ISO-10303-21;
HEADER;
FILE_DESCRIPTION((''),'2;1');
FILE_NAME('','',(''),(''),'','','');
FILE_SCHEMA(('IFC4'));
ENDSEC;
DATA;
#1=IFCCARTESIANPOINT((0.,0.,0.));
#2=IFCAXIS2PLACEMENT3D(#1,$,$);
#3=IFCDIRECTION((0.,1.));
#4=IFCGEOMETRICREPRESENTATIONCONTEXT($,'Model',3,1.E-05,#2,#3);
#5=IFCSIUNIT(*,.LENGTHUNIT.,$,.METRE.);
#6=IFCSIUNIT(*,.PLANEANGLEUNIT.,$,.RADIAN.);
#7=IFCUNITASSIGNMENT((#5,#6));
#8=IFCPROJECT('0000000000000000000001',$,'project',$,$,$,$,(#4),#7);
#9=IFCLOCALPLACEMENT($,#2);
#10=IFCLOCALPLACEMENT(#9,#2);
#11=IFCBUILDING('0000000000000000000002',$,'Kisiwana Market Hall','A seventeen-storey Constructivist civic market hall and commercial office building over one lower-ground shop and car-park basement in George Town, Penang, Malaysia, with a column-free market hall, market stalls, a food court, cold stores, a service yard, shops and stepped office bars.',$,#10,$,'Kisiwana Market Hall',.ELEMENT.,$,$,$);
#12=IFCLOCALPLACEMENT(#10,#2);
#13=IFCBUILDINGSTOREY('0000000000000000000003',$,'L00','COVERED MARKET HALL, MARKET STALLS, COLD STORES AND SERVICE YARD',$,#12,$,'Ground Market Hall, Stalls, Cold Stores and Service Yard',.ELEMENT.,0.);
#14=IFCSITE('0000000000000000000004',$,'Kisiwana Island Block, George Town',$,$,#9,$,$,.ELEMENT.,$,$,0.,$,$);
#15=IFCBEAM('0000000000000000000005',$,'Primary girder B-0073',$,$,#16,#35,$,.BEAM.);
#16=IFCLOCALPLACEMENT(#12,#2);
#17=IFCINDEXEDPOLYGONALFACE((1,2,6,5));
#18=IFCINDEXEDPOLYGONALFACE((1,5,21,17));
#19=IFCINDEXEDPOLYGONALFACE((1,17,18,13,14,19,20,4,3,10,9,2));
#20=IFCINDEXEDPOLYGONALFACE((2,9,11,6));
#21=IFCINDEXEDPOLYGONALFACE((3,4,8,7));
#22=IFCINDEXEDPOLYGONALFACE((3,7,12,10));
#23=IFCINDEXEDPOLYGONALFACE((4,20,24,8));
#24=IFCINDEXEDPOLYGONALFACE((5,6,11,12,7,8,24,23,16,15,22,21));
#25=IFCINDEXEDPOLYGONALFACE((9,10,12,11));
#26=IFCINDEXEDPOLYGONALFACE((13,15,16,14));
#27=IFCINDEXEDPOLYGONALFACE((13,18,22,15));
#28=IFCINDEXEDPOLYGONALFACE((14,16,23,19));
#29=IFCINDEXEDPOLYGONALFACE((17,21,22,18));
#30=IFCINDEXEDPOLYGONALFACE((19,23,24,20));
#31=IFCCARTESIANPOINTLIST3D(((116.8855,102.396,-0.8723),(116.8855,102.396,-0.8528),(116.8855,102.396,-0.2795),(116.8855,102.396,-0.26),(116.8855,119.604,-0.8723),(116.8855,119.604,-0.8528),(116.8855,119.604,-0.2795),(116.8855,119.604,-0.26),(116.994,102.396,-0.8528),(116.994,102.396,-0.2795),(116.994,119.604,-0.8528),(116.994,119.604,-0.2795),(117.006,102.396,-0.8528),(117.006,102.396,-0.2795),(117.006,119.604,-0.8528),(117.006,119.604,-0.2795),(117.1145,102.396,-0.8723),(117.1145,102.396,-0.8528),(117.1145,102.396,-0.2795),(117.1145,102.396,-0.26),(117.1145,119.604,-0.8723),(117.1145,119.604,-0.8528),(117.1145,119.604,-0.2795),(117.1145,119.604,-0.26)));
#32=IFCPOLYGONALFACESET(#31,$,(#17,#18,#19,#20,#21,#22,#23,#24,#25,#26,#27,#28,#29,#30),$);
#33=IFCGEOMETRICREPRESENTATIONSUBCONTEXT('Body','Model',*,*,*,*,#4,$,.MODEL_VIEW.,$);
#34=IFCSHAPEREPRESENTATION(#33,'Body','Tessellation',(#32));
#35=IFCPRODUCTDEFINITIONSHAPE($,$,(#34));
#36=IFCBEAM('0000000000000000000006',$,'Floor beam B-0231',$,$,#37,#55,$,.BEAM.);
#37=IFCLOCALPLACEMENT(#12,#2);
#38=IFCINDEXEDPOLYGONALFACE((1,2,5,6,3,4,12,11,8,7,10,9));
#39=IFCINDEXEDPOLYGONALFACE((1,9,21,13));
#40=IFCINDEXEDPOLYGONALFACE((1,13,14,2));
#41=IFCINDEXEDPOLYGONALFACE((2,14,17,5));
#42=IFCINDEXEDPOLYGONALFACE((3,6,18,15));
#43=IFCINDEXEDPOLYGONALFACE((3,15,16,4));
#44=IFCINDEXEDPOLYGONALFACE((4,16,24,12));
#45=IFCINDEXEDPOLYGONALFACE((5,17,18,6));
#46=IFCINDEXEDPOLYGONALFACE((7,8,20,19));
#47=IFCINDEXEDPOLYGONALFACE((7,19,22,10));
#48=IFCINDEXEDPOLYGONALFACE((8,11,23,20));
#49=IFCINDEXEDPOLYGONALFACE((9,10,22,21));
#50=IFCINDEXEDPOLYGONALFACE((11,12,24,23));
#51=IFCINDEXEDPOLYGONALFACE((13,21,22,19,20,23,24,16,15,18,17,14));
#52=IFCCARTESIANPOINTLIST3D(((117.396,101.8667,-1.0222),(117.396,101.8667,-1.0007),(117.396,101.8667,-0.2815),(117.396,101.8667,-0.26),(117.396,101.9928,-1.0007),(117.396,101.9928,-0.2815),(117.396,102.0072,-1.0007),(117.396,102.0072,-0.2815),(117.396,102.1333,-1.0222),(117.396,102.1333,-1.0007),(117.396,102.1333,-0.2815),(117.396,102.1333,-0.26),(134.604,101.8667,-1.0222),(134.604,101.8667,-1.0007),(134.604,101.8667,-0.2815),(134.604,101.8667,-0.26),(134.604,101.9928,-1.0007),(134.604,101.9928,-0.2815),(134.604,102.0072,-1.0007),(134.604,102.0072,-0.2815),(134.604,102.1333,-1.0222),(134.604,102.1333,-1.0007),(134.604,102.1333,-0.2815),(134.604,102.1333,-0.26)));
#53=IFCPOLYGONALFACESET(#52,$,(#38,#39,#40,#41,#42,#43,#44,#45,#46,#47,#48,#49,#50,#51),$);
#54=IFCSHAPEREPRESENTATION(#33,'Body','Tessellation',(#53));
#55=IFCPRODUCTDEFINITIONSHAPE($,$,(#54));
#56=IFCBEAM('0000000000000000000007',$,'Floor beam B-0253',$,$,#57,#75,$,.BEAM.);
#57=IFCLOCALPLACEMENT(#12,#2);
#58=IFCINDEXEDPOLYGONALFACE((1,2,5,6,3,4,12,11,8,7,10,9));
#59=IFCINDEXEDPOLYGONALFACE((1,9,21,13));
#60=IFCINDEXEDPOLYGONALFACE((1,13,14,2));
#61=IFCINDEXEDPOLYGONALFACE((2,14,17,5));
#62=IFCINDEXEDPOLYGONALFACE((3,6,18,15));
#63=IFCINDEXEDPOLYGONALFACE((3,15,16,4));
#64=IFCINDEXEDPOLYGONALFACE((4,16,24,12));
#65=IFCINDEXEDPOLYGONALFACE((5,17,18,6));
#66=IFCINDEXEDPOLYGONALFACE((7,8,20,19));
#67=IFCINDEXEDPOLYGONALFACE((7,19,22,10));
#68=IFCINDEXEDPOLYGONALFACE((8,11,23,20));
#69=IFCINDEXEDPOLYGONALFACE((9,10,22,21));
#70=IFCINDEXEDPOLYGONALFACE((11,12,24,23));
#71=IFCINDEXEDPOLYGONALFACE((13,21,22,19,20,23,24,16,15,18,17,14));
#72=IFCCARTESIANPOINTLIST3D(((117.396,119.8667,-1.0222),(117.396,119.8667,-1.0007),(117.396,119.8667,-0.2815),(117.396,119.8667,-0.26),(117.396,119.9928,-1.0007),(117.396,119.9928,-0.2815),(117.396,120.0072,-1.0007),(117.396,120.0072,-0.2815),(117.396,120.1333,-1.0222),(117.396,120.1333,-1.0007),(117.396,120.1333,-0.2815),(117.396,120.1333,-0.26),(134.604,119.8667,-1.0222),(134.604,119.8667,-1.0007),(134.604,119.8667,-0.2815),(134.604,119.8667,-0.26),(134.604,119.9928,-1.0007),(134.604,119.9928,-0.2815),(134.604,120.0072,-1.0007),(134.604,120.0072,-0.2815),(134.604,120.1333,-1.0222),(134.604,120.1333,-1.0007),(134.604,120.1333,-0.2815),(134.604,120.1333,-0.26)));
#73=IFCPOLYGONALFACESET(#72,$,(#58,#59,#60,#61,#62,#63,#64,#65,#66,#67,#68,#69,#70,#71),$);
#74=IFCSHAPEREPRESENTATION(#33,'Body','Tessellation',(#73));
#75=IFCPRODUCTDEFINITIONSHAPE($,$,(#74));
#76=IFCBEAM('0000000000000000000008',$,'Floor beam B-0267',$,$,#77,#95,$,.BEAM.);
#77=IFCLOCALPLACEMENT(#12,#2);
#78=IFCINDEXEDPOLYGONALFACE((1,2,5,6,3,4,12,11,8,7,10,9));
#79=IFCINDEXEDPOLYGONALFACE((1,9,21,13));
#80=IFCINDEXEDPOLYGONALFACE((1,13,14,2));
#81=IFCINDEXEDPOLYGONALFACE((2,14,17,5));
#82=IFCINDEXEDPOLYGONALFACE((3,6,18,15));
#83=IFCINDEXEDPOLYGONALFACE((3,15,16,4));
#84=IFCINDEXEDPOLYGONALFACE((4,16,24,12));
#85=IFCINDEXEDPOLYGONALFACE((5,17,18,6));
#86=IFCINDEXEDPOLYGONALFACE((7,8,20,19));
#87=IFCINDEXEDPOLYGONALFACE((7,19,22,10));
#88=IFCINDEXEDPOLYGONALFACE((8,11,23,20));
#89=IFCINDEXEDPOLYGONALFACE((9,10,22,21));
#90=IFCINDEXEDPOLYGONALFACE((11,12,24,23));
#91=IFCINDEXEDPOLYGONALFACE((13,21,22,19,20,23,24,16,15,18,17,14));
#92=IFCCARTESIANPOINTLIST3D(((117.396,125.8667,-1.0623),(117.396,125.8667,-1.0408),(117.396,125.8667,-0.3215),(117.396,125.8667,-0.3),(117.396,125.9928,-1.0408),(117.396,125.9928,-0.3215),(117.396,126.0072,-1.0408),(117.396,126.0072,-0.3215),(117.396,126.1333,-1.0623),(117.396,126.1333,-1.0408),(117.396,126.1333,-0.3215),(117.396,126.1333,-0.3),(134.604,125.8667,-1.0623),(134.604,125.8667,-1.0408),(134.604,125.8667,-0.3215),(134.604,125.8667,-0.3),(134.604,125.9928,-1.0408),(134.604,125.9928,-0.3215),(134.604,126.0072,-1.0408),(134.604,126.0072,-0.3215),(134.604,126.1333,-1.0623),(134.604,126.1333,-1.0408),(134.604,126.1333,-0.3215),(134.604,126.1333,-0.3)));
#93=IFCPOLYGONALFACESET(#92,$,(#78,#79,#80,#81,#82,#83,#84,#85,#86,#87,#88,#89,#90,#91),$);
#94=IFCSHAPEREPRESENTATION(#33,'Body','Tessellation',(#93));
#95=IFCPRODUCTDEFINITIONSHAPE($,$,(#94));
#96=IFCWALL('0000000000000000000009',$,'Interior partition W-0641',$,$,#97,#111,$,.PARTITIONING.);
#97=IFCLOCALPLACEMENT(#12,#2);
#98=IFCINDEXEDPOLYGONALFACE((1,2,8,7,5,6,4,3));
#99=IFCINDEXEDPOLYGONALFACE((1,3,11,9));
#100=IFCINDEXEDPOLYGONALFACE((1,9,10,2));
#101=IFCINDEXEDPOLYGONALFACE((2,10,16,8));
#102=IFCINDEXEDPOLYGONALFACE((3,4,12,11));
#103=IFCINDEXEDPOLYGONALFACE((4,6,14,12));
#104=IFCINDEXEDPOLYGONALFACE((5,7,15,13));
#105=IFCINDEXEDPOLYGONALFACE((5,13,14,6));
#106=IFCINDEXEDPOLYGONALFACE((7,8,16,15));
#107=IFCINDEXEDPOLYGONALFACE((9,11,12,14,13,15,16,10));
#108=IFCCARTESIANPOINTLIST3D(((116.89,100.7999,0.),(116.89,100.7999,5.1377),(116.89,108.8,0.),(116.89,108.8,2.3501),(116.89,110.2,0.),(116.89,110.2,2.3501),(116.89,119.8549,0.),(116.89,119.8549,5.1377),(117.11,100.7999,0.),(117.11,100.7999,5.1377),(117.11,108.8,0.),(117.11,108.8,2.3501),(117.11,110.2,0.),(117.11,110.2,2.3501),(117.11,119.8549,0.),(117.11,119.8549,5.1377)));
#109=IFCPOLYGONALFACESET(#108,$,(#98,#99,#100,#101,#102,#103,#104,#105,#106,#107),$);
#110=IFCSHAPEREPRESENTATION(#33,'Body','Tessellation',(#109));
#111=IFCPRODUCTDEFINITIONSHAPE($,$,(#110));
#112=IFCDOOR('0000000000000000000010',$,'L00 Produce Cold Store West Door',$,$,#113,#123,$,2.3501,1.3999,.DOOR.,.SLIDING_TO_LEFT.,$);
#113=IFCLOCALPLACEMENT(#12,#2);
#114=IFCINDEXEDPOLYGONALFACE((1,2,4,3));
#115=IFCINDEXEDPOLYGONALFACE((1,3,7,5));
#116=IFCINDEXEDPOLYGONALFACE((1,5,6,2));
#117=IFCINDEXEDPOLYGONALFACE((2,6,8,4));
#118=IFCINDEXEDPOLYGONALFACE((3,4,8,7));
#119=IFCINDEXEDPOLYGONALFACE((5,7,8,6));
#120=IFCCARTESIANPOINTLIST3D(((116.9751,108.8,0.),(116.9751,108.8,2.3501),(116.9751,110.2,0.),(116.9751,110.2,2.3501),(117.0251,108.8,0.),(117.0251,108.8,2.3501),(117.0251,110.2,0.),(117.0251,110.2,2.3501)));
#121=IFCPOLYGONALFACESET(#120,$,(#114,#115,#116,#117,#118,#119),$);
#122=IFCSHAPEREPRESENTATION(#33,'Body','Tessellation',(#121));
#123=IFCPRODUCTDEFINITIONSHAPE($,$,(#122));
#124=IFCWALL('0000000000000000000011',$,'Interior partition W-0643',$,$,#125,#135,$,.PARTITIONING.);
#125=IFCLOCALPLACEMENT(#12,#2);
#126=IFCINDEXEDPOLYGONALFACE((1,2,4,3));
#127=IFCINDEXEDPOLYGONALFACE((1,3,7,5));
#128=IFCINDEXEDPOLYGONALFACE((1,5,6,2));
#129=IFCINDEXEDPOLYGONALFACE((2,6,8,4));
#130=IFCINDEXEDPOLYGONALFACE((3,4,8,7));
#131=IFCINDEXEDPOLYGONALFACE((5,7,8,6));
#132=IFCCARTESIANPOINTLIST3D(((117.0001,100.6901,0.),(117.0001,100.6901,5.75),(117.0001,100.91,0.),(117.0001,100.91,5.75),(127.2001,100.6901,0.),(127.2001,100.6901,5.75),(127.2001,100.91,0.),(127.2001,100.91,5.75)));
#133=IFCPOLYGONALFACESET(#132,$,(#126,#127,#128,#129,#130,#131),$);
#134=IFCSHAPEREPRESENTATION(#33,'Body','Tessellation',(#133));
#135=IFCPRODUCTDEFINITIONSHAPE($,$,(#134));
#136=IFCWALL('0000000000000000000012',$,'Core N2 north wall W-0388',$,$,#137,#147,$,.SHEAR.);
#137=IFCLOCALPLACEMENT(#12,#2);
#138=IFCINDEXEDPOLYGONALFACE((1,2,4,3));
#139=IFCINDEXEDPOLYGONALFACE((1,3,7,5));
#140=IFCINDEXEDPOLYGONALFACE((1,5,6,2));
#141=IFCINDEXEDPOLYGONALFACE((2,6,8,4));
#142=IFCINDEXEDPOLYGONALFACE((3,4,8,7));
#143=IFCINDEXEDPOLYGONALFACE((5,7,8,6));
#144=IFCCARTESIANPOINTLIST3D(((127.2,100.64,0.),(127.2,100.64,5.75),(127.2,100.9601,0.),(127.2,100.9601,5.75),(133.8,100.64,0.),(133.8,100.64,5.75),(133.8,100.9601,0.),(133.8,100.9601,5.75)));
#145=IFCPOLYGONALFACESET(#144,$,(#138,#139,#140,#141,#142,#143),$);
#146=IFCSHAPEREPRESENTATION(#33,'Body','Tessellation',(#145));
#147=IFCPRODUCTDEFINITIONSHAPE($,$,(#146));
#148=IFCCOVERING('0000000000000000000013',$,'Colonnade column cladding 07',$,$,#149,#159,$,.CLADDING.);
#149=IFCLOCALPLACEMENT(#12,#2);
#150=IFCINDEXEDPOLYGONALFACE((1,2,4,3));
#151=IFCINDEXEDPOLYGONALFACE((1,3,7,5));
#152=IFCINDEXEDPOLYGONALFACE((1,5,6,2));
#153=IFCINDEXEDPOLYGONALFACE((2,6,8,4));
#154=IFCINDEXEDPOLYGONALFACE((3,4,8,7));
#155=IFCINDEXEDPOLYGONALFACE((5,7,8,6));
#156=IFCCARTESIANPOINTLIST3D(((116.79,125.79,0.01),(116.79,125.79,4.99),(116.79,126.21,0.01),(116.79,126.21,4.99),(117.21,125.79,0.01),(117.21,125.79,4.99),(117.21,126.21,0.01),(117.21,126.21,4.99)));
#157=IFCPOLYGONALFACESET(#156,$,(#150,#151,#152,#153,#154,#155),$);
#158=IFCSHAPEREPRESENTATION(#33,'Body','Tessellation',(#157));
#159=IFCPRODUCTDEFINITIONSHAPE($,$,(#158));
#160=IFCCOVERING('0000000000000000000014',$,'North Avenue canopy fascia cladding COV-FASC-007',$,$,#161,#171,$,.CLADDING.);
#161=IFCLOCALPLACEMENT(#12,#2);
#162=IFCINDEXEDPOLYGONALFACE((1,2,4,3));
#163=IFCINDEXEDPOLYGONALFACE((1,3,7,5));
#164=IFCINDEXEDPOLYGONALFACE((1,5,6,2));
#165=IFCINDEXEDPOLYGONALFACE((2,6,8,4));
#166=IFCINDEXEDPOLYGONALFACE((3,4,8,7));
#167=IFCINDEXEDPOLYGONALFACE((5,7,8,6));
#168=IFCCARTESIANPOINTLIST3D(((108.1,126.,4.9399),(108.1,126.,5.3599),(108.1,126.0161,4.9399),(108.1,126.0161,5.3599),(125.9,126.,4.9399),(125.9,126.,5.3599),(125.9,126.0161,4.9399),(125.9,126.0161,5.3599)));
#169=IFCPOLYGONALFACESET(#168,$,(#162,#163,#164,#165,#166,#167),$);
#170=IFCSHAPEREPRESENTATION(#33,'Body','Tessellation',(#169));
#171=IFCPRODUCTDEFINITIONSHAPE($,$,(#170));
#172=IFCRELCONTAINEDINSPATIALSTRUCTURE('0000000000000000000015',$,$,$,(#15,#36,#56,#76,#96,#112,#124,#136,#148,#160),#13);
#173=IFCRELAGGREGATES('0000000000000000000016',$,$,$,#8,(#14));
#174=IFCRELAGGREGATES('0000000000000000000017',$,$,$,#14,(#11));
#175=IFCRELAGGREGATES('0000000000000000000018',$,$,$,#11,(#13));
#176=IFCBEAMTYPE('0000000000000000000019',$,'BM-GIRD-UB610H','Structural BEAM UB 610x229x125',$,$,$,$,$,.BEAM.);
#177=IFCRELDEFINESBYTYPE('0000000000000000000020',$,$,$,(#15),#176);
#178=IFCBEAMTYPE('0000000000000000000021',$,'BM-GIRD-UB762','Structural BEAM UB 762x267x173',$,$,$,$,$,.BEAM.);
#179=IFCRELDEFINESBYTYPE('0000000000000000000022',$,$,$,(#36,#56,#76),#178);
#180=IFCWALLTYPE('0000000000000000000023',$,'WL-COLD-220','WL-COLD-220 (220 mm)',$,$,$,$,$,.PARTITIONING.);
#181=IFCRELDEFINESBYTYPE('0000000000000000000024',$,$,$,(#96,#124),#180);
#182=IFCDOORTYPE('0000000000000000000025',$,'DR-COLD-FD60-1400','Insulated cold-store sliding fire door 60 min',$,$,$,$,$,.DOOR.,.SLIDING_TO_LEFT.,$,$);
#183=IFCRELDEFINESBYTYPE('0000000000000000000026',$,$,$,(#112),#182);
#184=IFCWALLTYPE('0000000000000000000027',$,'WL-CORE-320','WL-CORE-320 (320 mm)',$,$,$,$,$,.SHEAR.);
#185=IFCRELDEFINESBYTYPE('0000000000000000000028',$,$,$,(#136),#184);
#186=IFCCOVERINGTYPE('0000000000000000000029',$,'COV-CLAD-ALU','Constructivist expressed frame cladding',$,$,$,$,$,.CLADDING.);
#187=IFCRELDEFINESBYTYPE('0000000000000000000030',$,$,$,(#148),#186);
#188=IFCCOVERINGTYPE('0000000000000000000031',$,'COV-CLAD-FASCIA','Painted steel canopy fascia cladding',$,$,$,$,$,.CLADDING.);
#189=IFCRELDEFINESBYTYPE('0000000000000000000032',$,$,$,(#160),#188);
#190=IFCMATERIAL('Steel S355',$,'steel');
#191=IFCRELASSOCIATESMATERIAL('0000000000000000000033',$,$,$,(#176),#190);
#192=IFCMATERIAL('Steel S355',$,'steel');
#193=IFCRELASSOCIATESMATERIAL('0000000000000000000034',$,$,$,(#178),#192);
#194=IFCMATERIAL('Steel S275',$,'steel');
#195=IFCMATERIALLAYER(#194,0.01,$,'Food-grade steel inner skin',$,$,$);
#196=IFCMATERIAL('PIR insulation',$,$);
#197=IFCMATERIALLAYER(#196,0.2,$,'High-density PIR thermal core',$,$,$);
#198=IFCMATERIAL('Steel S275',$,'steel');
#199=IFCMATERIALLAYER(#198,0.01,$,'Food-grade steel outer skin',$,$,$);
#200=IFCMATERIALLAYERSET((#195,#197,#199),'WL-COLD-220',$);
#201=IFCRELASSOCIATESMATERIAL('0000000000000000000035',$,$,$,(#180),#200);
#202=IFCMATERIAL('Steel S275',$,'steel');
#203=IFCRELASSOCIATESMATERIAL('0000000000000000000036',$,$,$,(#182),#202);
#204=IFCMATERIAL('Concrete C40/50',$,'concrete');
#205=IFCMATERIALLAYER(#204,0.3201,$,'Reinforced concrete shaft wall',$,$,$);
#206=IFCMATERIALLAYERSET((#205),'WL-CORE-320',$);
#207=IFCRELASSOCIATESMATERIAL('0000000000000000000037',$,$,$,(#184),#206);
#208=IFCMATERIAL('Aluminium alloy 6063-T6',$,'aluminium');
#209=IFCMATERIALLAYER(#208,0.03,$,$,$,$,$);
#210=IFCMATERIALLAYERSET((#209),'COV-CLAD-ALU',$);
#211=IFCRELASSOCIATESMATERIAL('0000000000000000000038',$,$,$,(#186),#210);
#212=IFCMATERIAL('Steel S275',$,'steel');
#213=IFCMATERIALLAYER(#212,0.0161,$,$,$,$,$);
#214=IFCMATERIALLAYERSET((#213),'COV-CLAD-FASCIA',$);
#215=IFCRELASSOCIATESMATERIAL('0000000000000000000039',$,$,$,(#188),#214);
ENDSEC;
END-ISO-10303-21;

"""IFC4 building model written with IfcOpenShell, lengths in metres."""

from ifc_helpers import new_model, si_unit, direction, frame, frame_2d, origin, origin_2d, place, context, subcontext, project, spatial, rectangle, i_section, extrude, material, layer, layer_set, material_profile, profile_set, type_object, element, fill, save


model = new_model("IFC4")

# Units and contexts
model_context = context("Model", 3, precision=1e-05, world=origin(), true_north=direction((0.0, 1.0)))
body_context = subcontext(model_context, "Body", "Model", "MODEL_VIEW")
ifc_project = project(units=[si_unit("LENGTHUNIT", "METRE"), si_unit("PLANEANGLEUNIT", "RADIAN")], contexts=[model_context])

# Site, building, storey
site_placement = place(None, origin())
site = spatial("IfcSite", under=ifc_project, at=site_placement, Name="Kisiwana Island Block, George Town", CompositionType="ELEMENT", RefElevation=0.0)
building_placement = place(site_placement, origin())
building = spatial("IfcBuilding", under=site, at=building_placement, Name="Kisiwana Market Hall", Description="A seventeen-storey Constructivist civic market hall and commercial office building over one lower-ground shop and car-park basement in George Town, Penang, Malaysia, with a column-free market hall, market stalls, a food court, cold stores, a service yard, shops and stepped office bars.", LongName="Kisiwana Market Hall", CompositionType="ELEMENT")
storey_placement = place(building_placement, origin())
storey = spatial("IfcBuildingStorey", under=building, at=storey_placement, Name="L00", Description="COVERED MARKET HALL, MARKET STALLS, COLD STORES AND SERVICE YARD", LongName="Ground Market Hall, Stalls, Cold Stores and Service Yard", CompositionType="ELEMENT", Elevation=0.0)

# Beams
ifc_material_1 = material(Name="Steel S355", Category="steel")
ifc_material_profile_1 = material_profile(ifc_material_1, i_section(OverallWidth=0.229, OverallDepth=0.6123, WebThickness=0.012, FlangeThickness=0.0195, at=origin_2d()), Name="UB 610x229x125")
ifc_profile_set_1 = profile_set([ifc_material_profile_1], Name="Steel S355")
beam_type_1 = type_object("IfcBeamType", Name="BM-GIRD-UB610H", Description="Structural BEAM UB 610x229x125", PredefinedType="BEAM", material=ifc_profile_set_1)
beam_1_placement = place(storey_placement, frame((117.0, 102.396, -0.5662), z_axis=(0.0, 1.0, 0.0), x_axis=(-1.0, 0.0, 0.0)))
element("IfcBeam", 1, at=beam_1_placement, inside=storey, type_object=beam_type_1, Name="Primary girder B-0073", PredefinedType="BEAM", context=body_context, shape_type="SweptSolid", body=[
    extrude(i_section(OverallWidth=0.229, OverallDepth=0.6123, WebThickness=0.012, FlangeThickness=0.0195, at=origin_2d()), origin(), (0.0, 0.0, 1.0), 17.208),
])
ifc_material_2 = material(Name="Steel S355", Category="steel")
ifc_material_profile_2 = material_profile(ifc_material_2, i_section(OverallWidth=0.2666, OverallDepth=0.7622, WebThickness=0.0144, FlangeThickness=0.0215, at=origin_2d()), Name="UB 762x267x173")
ifc_profile_set_2 = profile_set([ifc_material_profile_2], Name="Steel S355")
beam_type_2 = type_object("IfcBeamType", Name="BM-GIRD-UB762", Description="Structural BEAM UB 762x267x173", PredefinedType="BEAM", material=ifc_profile_set_2)
for number, where, z_axis, x_axis, name in (
    (2, (117.396, 102.0, -0.6411), (1.0, 0.0, 0.0), (0.0, 1.0, 0.0), "Floor beam B-0231"),
    (3, (117.396, 120.0, -0.6411), (1.0, 0.0, 0.0), (0.0, 1.0, 0.0), "Floor beam B-0253"),
    (4, (117.396, 126.0, -0.6812), (1.0, 0.0, 0.0), (0.0, 1.0, 0.0), "Floor beam B-0267"),
):
    element("IfcBeam", number, at=place(storey_placement, frame(where, z_axis=z_axis, x_axis=x_axis)), inside=storey, type_object=beam_type_2, Name=name, PredefinedType="BEAM", context=body_context, shape_type="SweptSolid", body=[
        extrude(i_section(OverallWidth=0.2666, OverallDepth=0.7622, WebThickness=0.0144, FlangeThickness=0.0215, at=origin_2d()), origin(), (0.0, 0.0, 1.0), 17.208),
    ])

# Wall, opening, door
ifc_material_3 = material(Name="Steel S275", Category="steel")
ifc_layer_1 = layer(ifc_material_3, 0.01, Name="Food-grade steel inner skin")
ifc_material_4 = material(Name="PIR insulation")
ifc_layer_2 = layer(ifc_material_4, 0.2, Name="High-density PIR thermal core")
ifc_material_5 = material(Name="Steel S275", Category="steel")
ifc_layer_3 = layer(ifc_material_5, 0.01, Name="Food-grade steel outer skin")
ifc_layer_set_1 = layer_set([ifc_layer_1, ifc_layer_2, ifc_layer_3], Name="WL-COLD-220")
wall_type_1 = type_object("IfcWallType", Name="WL-COLD-220", Description="WL-COLD-220 (220 mm)", PredefinedType="PARTITIONING", material=ifc_layer_set_1)
wall_1_placement = place(storey_placement, frame((117.0, 100.8, 0.0), z_axis=(0.0, 0.0, 1.0), x_axis=(0.0, 1.0, 0.0)))
wall_1 = element("IfcWall", 5, at=wall_1_placement, inside=storey, type_object=wall_type_1, Name="Interior partition W-0641", PredefinedType="PARTITIONING", context=body_context, shape_type="SweptSolid", body=[
    extrude(rectangle(XDim=19.0549, YDim=0.22, at=frame_2d((9.5273, 0.0))), origin(), (0.0, 0.0, 1.0), 5.1377),
])
opening_1_placement = place(wall_1_placement, frame((8.0, 0.0, 0.0)))
opening_1 = element("IfcOpeningElement", 6, at=opening_1_placement, cuts=wall_1, PredefinedType="OPENING", context=body_context, shape_type="SweptSolid", body=[
    extrude(rectangle(XDim=1.3999, YDim=2.3501, at=frame_2d((0.7, 1.175))), frame((0.0, 0.1221, 0.0), z_axis=(0.0, -1.0, 0.0), x_axis=(1.0, 0.0, 0.0)), (0.0, 0.0, 1.0), 0.2439),
])
ifc_material_6 = material(Name="Steel S275", Category="steel")
door_type_1 = type_object("IfcDoorType", Name="DR-COLD-FD60-1400", Description="Insulated cold-store sliding fire door 60 min", OperationType="SLIDING_TO_LEFT", PredefinedType="DOOR", material=ifc_material_6)
door_1_placement = place(opening_1_placement, origin())
door_1 = element("IfcDoor", 7, at=door_1_placement, inside=storey, type_object=door_type_1, Name="L00 Produce Cold Store West Door", OperationType="SLIDING_TO_LEFT", OverallHeight=2.3501, OverallWidth=1.3999, PredefinedType="DOOR", context=body_context, shape_type="SweptSolid", body=[
    extrude(rectangle(XDim=1.3999, YDim=2.3501, at=frame_2d((0.7, 1.175))), frame((0.0, 0.0249, 0.0), z_axis=(0.0, -1.0, 0.0), x_axis=(1.0, 0.0, 0.0)), (0.0, 0.0, 1.0), 0.05),
])
fill(opening_1, door_1)

# Walls
wall_2_placement = place(storey_placement, frame((117.0, 100.8, 0.0), z_axis=(0.0, 0.0, 1.0), x_axis=(1.0, 0.0, 0.0)))
element("IfcWall", 8, at=wall_2_placement, inside=storey, type_object=wall_type_1, Name="Interior partition W-0643", PredefinedType="PARTITIONING", context=body_context, shape_type="SweptSolid", body=[
    extrude(rectangle(XDim=10.2, YDim=0.22, at=frame_2d((5.1001, 0.0))), origin(), (0.0, 0.0, 1.0), 5.75),
])
ifc_material_7 = material(Name="Concrete C40/50", Category="concrete")
ifc_layer_4 = layer(ifc_material_7, 0.3201, Name="Reinforced concrete shaft wall")
ifc_layer_set_2 = layer_set([ifc_layer_4], Name="WL-CORE-320")
wall_type_2 = type_object("IfcWallType", Name="WL-CORE-320", Description="WL-CORE-320 (320 mm)", PredefinedType="SHEAR", material=ifc_layer_set_2)
wall_3_placement = place(storey_placement, frame((127.2, 100.8, 0.0), z_axis=(0.0, 0.0, 1.0), x_axis=(1.0, 0.0, 0.0)))
element("IfcWall", 9, at=wall_3_placement, inside=storey, type_object=wall_type_2, Name="Core N2 north wall W-0388", PredefinedType="SHEAR", context=body_context, shape_type="SweptSolid", body=[
    extrude(rectangle(XDim=6.6001, YDim=0.3201, at=frame_2d((3.3, 0.0))), origin(), (0.0, 0.0, 1.0), 5.75),
])

# Coverings
ifc_material_8 = material(Name="Aluminium alloy 6063-T6", Category="aluminium")
ifc_layer_5 = layer(ifc_material_8, 0.03)
ifc_layer_set_3 = layer_set([ifc_layer_5], Name="COV-CLAD-ALU")
covering_type_1 = type_object("IfcCoveringType", Name="COV-CLAD-ALU", Description="Constructivist expressed frame cladding", PredefinedType="CLADDING", material=ifc_layer_set_3)
covering_1_placement = place(storey_placement, frame((117.0, 126.0, 0.01), z_axis=(0.0, 0.0, 1.0), x_axis=(1.0, 0.0, 0.0)))
element("IfcCovering", 10, at=covering_1_placement, inside=storey, type_object=covering_type_1, Name="Colonnade column cladding 07", PredefinedType="CLADDING", context=body_context, shape_type="SweptSolid", body=[
    extrude(rectangle(XDim=0.4199, YDim=0.4199, at=origin_2d()), origin(), (0.0, 0.0, 1.0), 4.98),
])
ifc_material_9 = material(Name="Steel S275", Category="steel")
ifc_layer_6 = layer(ifc_material_9, 0.0161)
ifc_layer_set_4 = layer_set([ifc_layer_6], Name="COV-CLAD-FASCIA")
covering_type_2 = type_object("IfcCoveringType", Name="COV-CLAD-FASCIA", Description="Painted steel canopy fascia cladding", PredefinedType="CLADDING", material=ifc_layer_set_4)
covering_2_placement = place(storey_placement, frame((117.0, 126.0081, 4.9399), z_axis=(0.0, 0.0, 1.0), x_axis=(1.0, 0.0, 0.0)))
element("IfcCovering", 11, at=covering_2_placement, inside=storey, type_object=covering_type_2, Name="North Avenue canopy fascia cladding COV-FASC-007", PredefinedType="CLADDING", context=body_context, shape_type="SweptSolid", body=[
    extrude(rectangle(XDim=17.8, YDim=0.0161, at=origin_2d()), origin(), (0.0, 0.0, 1.0), 0.4199),
])

save(model, "model.ifc")
